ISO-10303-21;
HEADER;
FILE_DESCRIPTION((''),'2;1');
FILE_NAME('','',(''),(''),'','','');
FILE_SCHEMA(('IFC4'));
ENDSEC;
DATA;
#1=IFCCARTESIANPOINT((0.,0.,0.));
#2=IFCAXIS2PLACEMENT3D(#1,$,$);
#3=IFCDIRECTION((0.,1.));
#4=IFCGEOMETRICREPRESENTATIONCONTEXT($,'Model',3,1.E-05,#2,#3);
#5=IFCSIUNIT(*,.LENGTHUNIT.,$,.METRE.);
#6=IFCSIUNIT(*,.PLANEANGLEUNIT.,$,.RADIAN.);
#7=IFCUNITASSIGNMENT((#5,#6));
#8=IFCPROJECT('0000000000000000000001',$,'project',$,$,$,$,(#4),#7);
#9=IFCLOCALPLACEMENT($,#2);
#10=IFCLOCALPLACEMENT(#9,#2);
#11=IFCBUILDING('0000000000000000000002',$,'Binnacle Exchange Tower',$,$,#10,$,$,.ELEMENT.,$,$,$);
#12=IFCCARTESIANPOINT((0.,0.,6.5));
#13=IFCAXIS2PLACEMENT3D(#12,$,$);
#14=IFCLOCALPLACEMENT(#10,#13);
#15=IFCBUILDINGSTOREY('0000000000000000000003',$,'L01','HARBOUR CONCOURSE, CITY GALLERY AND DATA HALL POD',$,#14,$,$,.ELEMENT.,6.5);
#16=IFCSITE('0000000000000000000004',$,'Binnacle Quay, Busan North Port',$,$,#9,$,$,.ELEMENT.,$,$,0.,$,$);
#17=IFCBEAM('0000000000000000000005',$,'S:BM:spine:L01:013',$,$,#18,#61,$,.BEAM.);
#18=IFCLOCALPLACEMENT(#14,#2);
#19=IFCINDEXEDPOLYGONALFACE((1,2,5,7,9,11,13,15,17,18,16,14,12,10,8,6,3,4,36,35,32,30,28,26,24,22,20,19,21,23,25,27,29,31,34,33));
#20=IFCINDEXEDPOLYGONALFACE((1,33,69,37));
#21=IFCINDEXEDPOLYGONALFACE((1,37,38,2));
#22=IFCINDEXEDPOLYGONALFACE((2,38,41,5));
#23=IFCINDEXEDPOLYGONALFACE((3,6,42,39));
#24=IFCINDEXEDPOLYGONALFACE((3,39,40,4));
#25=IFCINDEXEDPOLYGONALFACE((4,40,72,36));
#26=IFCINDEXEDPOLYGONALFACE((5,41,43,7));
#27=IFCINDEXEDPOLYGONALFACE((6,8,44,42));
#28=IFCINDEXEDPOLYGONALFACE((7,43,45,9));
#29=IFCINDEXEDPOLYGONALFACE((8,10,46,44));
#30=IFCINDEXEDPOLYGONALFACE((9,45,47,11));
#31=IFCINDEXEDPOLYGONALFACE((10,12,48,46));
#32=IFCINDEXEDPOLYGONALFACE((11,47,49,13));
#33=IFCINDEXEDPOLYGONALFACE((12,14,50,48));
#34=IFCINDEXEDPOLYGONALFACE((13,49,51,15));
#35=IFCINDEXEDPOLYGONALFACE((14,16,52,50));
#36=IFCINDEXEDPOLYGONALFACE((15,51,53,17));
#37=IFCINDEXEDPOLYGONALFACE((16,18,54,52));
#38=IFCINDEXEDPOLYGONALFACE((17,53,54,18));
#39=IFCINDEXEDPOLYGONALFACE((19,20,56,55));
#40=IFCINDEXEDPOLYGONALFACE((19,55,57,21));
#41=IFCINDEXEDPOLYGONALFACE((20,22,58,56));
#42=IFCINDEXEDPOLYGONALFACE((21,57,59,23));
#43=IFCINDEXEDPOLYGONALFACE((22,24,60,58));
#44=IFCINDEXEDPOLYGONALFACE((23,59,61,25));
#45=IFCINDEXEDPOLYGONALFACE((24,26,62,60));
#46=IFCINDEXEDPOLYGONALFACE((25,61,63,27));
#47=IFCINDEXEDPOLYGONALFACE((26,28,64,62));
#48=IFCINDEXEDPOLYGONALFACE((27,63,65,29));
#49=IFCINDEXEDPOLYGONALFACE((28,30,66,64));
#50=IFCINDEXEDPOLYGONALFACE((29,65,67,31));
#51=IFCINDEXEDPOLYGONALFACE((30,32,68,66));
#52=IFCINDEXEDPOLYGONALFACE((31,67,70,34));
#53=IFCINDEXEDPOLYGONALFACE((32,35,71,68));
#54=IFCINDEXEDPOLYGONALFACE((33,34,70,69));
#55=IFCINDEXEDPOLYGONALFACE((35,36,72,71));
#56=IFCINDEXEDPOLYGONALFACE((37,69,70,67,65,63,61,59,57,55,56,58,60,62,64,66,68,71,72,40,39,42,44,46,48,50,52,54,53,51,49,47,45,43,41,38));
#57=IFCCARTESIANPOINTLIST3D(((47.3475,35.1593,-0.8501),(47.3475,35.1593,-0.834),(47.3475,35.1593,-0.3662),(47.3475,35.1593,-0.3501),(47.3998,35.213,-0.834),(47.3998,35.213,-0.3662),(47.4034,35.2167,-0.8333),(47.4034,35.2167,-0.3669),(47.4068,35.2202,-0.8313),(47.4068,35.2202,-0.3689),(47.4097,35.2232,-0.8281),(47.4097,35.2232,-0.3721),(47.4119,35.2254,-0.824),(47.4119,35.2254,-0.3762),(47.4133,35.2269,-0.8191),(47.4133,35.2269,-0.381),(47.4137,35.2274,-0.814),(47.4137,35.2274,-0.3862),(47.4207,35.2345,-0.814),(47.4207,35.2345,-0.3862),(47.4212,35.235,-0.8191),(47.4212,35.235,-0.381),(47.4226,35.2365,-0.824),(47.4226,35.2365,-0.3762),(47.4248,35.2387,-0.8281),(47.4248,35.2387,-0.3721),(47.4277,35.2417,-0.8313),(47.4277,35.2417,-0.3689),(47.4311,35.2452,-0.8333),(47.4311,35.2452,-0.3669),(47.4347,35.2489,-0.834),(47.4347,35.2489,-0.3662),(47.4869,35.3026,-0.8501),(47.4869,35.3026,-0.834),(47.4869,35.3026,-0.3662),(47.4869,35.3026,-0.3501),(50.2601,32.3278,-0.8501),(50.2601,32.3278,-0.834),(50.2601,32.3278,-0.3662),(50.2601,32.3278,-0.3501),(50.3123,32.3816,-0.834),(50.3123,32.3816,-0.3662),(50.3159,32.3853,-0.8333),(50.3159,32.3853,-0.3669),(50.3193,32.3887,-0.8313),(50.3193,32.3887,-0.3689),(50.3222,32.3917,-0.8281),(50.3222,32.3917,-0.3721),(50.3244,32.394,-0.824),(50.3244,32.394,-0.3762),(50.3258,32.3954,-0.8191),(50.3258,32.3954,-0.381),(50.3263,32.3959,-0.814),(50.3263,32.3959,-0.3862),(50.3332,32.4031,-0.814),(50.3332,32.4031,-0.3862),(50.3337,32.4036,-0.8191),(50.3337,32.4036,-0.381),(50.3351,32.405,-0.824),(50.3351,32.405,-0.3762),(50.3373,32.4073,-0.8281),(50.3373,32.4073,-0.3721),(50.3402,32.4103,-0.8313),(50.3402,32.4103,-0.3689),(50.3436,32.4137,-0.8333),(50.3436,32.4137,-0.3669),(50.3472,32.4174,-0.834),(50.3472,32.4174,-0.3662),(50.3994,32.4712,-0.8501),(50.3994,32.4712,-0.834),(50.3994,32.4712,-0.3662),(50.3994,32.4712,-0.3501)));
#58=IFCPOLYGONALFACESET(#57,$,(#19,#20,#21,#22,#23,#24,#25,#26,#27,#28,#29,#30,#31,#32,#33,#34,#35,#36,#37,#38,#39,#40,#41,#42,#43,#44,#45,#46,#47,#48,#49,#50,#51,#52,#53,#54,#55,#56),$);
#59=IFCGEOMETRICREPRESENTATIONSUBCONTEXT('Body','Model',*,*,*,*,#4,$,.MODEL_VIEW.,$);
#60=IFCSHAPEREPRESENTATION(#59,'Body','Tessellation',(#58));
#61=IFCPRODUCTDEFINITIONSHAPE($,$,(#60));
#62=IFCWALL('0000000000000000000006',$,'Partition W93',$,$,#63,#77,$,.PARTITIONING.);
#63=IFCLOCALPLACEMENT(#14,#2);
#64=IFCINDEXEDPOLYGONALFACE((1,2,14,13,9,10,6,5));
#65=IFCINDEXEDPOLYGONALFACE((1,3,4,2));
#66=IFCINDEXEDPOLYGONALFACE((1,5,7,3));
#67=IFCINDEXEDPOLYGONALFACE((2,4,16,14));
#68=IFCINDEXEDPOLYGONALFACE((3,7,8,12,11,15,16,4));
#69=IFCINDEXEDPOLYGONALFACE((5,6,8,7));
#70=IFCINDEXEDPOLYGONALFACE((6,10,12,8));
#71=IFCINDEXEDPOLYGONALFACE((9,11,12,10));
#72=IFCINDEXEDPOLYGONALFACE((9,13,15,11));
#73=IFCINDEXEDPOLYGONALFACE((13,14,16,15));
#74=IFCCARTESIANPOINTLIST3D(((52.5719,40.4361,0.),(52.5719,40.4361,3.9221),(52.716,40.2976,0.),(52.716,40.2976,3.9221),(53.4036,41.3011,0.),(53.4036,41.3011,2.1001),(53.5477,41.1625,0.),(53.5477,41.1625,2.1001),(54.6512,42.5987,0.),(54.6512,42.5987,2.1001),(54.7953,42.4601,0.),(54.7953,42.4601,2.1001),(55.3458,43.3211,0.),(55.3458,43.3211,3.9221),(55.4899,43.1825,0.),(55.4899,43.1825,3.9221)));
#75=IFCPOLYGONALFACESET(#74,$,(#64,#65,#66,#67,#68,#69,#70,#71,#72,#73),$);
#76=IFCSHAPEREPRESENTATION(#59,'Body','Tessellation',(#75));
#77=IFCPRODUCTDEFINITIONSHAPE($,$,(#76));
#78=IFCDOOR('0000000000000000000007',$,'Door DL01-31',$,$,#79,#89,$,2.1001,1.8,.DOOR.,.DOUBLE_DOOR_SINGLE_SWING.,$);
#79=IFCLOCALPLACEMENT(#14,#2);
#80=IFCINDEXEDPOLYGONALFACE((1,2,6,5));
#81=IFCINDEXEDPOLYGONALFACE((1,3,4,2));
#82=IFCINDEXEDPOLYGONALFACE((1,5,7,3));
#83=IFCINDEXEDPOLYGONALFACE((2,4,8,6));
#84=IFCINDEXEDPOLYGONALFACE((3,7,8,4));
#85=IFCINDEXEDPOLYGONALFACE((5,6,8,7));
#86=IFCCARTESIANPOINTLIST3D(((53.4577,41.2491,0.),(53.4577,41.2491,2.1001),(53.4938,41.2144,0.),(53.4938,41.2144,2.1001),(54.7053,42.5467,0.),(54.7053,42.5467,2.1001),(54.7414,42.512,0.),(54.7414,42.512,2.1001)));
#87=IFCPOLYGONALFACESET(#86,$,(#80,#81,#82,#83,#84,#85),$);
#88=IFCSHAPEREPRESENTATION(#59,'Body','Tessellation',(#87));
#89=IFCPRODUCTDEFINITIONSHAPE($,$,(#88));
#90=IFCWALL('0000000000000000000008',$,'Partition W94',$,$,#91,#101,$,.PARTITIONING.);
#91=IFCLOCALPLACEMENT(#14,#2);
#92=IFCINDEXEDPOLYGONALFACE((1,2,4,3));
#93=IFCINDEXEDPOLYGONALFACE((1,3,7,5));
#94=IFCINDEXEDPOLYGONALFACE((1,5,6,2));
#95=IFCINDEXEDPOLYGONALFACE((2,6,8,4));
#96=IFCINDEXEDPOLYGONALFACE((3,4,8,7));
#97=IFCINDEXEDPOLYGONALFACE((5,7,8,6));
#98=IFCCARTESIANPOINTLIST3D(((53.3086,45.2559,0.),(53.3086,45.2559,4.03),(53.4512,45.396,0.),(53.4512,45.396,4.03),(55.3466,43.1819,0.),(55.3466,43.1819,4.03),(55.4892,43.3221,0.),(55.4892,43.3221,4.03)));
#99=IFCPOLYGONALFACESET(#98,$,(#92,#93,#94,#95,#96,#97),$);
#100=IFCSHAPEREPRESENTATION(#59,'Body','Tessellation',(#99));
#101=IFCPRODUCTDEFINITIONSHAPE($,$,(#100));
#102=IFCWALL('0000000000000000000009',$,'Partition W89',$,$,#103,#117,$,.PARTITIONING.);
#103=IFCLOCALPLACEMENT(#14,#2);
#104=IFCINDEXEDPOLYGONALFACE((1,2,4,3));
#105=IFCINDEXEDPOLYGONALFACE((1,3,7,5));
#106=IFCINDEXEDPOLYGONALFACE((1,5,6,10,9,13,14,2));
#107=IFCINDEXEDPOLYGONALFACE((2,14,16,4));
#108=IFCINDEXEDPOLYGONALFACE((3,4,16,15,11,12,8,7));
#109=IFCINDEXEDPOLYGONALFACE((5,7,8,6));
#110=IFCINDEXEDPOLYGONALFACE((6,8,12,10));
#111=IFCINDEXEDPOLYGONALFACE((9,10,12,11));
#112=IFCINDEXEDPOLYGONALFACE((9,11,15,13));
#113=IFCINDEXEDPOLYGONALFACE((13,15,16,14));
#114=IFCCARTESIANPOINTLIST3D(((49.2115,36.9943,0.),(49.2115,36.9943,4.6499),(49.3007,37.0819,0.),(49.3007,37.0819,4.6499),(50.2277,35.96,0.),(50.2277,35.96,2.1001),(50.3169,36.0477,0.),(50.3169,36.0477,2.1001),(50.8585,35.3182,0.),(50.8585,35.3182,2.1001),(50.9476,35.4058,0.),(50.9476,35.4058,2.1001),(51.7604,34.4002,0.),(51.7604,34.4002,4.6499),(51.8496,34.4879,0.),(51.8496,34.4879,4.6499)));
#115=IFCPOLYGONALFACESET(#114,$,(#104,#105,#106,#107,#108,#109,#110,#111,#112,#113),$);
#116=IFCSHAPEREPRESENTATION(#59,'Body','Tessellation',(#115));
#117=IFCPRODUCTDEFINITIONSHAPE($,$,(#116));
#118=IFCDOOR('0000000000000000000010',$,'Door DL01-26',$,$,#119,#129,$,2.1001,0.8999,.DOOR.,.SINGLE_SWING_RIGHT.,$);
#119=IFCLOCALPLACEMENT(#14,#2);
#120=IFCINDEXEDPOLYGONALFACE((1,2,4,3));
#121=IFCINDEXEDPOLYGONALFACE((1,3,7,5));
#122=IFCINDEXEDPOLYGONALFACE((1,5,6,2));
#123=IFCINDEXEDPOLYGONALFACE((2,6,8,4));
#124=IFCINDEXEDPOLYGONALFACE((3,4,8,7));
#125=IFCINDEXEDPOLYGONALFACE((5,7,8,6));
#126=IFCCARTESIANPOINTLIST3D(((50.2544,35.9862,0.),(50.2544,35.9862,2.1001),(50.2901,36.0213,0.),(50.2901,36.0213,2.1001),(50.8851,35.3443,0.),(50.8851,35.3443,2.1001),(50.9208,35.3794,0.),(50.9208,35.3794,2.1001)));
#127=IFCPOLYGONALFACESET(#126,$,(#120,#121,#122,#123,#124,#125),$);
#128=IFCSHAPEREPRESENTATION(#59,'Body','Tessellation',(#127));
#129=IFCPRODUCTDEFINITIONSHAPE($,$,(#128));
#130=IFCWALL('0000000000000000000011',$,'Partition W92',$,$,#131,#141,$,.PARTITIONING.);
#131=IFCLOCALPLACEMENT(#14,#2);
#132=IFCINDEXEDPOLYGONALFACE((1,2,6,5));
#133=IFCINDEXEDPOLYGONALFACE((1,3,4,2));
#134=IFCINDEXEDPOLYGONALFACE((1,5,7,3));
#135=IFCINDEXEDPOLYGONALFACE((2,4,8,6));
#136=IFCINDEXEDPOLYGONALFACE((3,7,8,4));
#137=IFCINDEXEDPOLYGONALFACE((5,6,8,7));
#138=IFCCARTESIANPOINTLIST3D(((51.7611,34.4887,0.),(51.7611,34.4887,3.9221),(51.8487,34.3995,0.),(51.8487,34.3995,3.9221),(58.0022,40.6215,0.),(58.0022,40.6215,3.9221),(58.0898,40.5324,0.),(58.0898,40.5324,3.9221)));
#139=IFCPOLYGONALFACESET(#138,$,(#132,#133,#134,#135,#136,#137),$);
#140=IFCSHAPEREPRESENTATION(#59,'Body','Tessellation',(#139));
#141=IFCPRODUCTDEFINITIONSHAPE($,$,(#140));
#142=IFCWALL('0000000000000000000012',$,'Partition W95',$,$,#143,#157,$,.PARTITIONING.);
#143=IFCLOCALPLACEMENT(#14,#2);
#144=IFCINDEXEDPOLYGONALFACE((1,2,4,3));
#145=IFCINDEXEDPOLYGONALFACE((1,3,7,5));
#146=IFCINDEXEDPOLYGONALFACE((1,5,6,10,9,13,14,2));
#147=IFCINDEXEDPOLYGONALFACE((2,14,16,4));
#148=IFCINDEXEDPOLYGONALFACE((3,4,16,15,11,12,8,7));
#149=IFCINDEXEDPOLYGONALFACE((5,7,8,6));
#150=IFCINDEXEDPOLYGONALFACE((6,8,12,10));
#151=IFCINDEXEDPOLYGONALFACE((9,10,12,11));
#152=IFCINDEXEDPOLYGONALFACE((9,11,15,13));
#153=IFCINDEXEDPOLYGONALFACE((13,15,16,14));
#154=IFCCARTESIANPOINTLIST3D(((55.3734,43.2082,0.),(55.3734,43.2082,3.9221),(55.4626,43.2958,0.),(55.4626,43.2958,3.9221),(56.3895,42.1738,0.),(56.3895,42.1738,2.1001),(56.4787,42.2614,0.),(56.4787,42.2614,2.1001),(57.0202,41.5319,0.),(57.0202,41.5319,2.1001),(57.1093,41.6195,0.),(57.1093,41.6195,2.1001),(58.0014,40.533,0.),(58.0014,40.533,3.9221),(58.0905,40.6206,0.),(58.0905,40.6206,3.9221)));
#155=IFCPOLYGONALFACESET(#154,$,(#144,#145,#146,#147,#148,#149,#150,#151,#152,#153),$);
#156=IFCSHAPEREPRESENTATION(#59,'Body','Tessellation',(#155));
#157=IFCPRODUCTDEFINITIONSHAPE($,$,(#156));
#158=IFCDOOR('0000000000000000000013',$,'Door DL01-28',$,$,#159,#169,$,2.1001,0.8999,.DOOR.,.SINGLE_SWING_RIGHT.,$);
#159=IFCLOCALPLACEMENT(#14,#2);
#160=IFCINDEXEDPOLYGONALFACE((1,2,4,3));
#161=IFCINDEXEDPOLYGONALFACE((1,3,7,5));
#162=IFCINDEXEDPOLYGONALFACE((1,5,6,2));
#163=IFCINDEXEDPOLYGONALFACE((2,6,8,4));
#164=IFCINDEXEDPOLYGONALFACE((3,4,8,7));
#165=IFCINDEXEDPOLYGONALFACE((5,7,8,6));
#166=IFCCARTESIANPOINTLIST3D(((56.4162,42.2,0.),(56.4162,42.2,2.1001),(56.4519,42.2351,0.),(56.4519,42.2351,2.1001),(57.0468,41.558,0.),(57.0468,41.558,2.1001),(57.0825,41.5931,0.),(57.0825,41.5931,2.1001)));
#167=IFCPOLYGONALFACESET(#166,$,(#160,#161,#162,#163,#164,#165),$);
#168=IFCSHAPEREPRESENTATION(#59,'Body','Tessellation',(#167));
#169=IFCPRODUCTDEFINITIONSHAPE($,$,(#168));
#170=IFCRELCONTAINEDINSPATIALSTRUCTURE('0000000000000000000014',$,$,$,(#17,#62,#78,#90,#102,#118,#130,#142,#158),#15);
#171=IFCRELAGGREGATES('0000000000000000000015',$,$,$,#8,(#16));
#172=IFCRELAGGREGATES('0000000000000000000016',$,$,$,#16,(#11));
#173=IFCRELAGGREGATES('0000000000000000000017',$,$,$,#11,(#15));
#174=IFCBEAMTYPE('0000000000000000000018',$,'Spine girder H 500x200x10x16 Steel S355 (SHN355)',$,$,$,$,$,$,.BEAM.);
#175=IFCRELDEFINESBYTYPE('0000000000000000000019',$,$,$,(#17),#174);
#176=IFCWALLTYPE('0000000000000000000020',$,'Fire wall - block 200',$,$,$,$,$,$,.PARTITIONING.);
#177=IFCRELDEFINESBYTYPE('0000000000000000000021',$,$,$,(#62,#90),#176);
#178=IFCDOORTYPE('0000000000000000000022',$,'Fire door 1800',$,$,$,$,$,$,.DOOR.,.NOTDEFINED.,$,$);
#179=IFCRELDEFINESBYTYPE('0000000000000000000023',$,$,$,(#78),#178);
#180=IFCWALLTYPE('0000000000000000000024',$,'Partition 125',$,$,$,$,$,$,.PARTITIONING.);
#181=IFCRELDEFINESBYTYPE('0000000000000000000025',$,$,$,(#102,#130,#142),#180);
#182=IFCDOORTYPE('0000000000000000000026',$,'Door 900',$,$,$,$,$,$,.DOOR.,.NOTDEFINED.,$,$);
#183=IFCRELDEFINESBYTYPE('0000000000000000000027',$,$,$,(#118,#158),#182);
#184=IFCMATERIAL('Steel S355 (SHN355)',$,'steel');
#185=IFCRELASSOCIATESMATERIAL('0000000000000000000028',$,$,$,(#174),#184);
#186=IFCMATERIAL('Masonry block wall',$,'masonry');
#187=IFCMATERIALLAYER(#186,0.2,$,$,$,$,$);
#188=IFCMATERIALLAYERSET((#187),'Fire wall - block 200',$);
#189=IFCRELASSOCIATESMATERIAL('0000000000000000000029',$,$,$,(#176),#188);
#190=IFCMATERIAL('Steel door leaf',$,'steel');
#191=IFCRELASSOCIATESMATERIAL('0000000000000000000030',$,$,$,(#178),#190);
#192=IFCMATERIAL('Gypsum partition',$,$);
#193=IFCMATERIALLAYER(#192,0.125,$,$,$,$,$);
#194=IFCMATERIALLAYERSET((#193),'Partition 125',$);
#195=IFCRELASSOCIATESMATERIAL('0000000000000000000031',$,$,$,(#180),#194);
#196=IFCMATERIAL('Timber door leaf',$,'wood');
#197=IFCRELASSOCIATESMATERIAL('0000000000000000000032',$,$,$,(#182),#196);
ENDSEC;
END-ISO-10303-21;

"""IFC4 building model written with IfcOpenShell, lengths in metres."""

from ifc_helpers import new_model, si_unit, direction, frame, frame_2d, origin, origin_2d, place, context, subcontext, project, spatial, rectangle, i_section, extrude, material, layer, layer_set, material_profile, profile_set, type_object, element, fill, save


model = new_model("IFC4")

# Units and contexts
model_context = context("Model", 3, precision=1e-05, world=origin(), true_north=direction((0.0, 1.0)))
body_context = subcontext(model_context, "Body", "Model", "MODEL_VIEW")
ifc_project = project(units=[si_unit("LENGTHUNIT", "METRE"), si_unit("PLANEANGLEUNIT", "RADIAN")], contexts=[model_context])

# Site, building, storey
site_placement = place(None, origin())
site = spatial("IfcSite", under=ifc_project, at=site_placement, Name="Binnacle Quay, Busan North Port", CompositionType="ELEMENT", RefElevation=0.0)
building_placement = place(site_placement, origin())
building = spatial("IfcBuilding", under=site, at=building_placement, Name="Binnacle Exchange Tower", CompositionType="ELEMENT")
storey_placement = place(building_placement, frame((0.0, 0.0, 6.5)))
storey = spatial("IfcBuildingStorey", under=building, at=storey_placement, Name="L01", Description="HARBOUR CONCOURSE, CITY GALLERY AND DATA HALL POD", CompositionType="ELEMENT", Elevation=6.5)

# Beam
ifc_material_1 = material(Name="Steel S355 (SHN355)", Category="steel")
ifc_material_profile_1 = material_profile(ifc_material_1, i_section(OverallWidth=0.2, OverallDepth=0.5, WebThickness=0.01, FlangeThickness=0.0161, FilletRadius=0.02, at=origin_2d()), Name="H 500x200x10x16")
ifc_profile_set_1 = profile_set([ifc_material_profile_1], Name="Steel S355 (SHN355)")
beam_type_1 = type_object("IfcBeamType", Name="Spine girder H 500x200x10x16 Steel S355 (SHN355)", PredefinedType="BEAM", material=ifc_profile_set_1)
beam_1_placement = place(storey_placement, frame((47.4172, 35.231, -0.6001), z_axis=(0.717013, -0.69706, 0.0), x_axis=(0.69706, 0.717013, 0.0)))
element("IfcBeam", 1, at=beam_1_placement, inside=storey, type_object=beam_type_1, Name="S:BM:spine:L01:013", PredefinedType="BEAM", context=body_context, shape_type="SweptSolid", body=[
    extrude(i_section(OverallWidth=0.2, OverallDepth=0.5, WebThickness=0.01, FlangeThickness=0.0161, FilletRadius=0.02, at=origin_2d()), origin(), (0.0, 0.0, 1.0), 4.062),
])

# Wall, opening, door
ifc_material_2 = material(Name="Masonry block wall", Category="masonry")
ifc_layer_1 = layer(ifc_material_2, 0.2)
ifc_layer_set_1 = layer_set([ifc_layer_1], Name="Fire wall - block 200")
wall_type_1 = type_object("IfcWallType", Name="Fire wall - block 200", PredefinedType="PARTITIONING", material=ifc_layer_set_1)
wall_1_placement = place(storey_placement, frame((52.644, 40.3669, 0.0), z_axis=(0.0, 0.0, 1.0), x_axis=(0.693093, 0.720848, 0.0)))
wall_1 = element("IfcWall", 2, at=wall_1_placement, inside=storey, type_object=wall_type_1, Name="Partition W93", PredefinedType="PARTITIONING", context=body_context, shape_type="SweptSolid", body=[
    extrude(rectangle(XDim=4.0022, YDim=0.2, at=frame_2d((2.001, 0.0))), origin(), (0.0, 0.0, 1.0), 3.9221),
])
opening_1_placement = place(wall_1_placement, frame((1.2, 0.0, 0.0)))
opening_1 = element("IfcOpeningElement", 3, at=opening_1_placement, cuts=wall_1, PredefinedType="OPENING", context=body_context, shape_type="SweptSolid", body=[
    extrude(rectangle(XDim=1.8, YDim=2.1001, at=frame_2d((0.8999, 1.05))), frame((0.0, 0.1099, 0.0), z_axis=(0.0, -1.0, 0.0), x_axis=(1.0, 0.0, 0.0)), (0.0, 0.0, 1.0), 0.22),
])
ifc_material_3 = material(Name="Steel door leaf", Category="steel")
door_type_1 = type_object("IfcDoorType", Name="Fire door 1800", OperationType="NOTDEFINED", PredefinedType="DOOR", material=ifc_material_3)
door_1_placement = place(opening_1_placement, origin())
door_1 = element("IfcDoor", 4, at=door_1_placement, inside=storey, type_object=door_type_1, Name="Door DL01-31", OperationType="DOUBLE_DOOR_SINGLE_SWING", OverallHeight=2.1001, OverallWidth=1.8, PredefinedType="DOOR", context=body_context, shape_type="SweptSolid", body=[
    extrude(rectangle(XDim=1.8, YDim=2.1001, at=frame_2d((0.8999, 1.05))), frame((0.0, 0.0249, 0.0), z_axis=(0.0, -1.0, 0.0), x_axis=(1.0, 0.0, 0.0)), (0.0, 0.0, 1.0), 0.05),
])
fill(opening_1, door_1)

# Wall
wall_2_placement = place(storey_placement, frame((53.3799, 45.3259, 0.0), z_axis=(0.0, 0.0, 1.0), x_axis=(0.700909, -0.713251, 0.0)))
element("IfcWall", 5, at=wall_2_placement, inside=storey, type_object=wall_type_1, Name="Partition W94", PredefinedType="PARTITIONING", context=body_context, shape_type="SweptSolid", body=[
    extrude(rectangle(XDim=2.9077, YDim=0.2, at=frame_2d((1.4539, 0.0))), origin(), (0.0, 0.0, 1.0), 4.03),
])

# Wall, opening, door
ifc_material_4 = material(Name="Gypsum partition")
ifc_layer_2 = layer(ifc_material_4, 0.125)
ifc_layer_set_2 = layer_set([ifc_layer_2], Name="Partition 125")
wall_type_2 = type_object("IfcWallType", Name="Partition 125", PredefinedType="PARTITIONING", material=ifc_layer_set_2)
wall_3_placement = place(storey_placement, frame((49.2561, 37.0381, 0.0), z_axis=(0.0, 0.0, 1.0), x_axis=(0.70087, -0.713289, 0.0)))
wall_3 = element("IfcWall", 6, at=wall_3_placement, inside=storey, type_object=wall_type_2, Name="Partition W89", PredefinedType="PARTITIONING", context=body_context, shape_type="SweptSolid", body=[
    extrude(rectangle(XDim=3.6367, YDim=0.125, at=frame_2d((1.8184, 0.0))), origin(), (0.0, 0.0, 1.0), 4.6499),
])
opening_2_placement = place(wall_3_placement, frame((1.45, 0.0, 0.0)))
opening_2 = element("IfcOpeningElement", 7, at=opening_2_placement, cuts=wall_3, PredefinedType="OPENING", context=body_context, shape_type="SweptSolid", body=[
    extrude(rectangle(XDim=0.8999, YDim=2.1001, at=frame_2d((0.45, 1.05))), frame((0.0, 0.0725, 0.0), z_axis=(0.0, -1.0, 0.0), x_axis=(1.0, 0.0, 0.0)), (0.0, 0.0, 1.0), 0.145),
])
ifc_material_5 = material(Name="Timber door leaf", Category="wood")
door_type_2 = type_object("IfcDoorType", Name="Door 900", OperationType="NOTDEFINED", PredefinedType="DOOR", material=ifc_material_5)
door_2_placement = place(opening_2_placement, origin())
door_2 = element("IfcDoor", 8, at=door_2_placement, inside=storey, type_object=door_type_2, Name="Door DL01-26", OperationType="SINGLE_SWING_RIGHT", OverallHeight=2.1001, OverallWidth=0.8999, PredefinedType="DOOR", context=body_context, shape_type="SweptSolid", body=[
    extrude(rectangle(XDim=0.8999, YDim=2.1001, at=frame_2d((0.45, 1.05))), frame((0.0, 0.0249, 0.0), z_axis=(0.0, -1.0, 0.0), x_axis=(1.0, 0.0, 0.0)), (0.0, 0.0, 1.0), 0.05),
])
fill(opening_2, door_2)

# Wall
wall_4_placement = place(storey_placement, frame((51.8049, 34.4441, 0.0), z_axis=(0.0, 0.0, 1.0), x_axis=(0.71326, 0.700899, 0.0)))
element("IfcWall", 9, at=wall_4_placement, inside=storey, type_object=wall_type_2, Name="Partition W92", PredefinedType="PARTITIONING", context=body_context, shape_type="SweptSolid", body=[
    extrude(rectangle(XDim=8.75, YDim=0.125, at=frame_2d((4.375, 0.0))), origin(), (0.0, 0.0, 1.0), 3.9221),
])

# Wall, opening, door
wall_5_placement = place(storey_placement, frame((55.418, 43.252, 0.0), z_axis=(0.0, 0.0, 1.0), x_axis=(0.700796, -0.713362, 0.0)))
wall_5 = element("IfcWall", 10, at=wall_5_placement, inside=storey, type_object=wall_type_2, Name="Partition W95", PredefinedType="PARTITIONING", context=body_context, shape_type="SweptSolid", body=[
    extrude(rectangle(XDim=3.75, YDim=0.125, at=frame_2d((1.875, 0.0))), origin(), (0.0, 0.0, 1.0), 3.9221),
])
opening_3_placement = place(wall_5_placement, frame((1.45, 0.0, 0.0)))
opening_3 = element("IfcOpeningElement", 11, at=opening_3_placement, cuts=wall_5, PredefinedType="OPENING", context=body_context, shape_type="SweptSolid", body=[
    extrude(rectangle(XDim=0.8999, YDim=2.1001, at=frame_2d((0.45, 1.05))), frame((0.0, 0.0725, 0.0), z_axis=(0.0, -1.0, 0.0), x_axis=(1.0, 0.0, 0.0)), (0.0, 0.0, 1.0), 0.145),
])
door_3_placement = place(opening_3_placement, origin())
door_3 = element("IfcDoor", 12, at=door_3_placement, inside=storey, type_object=door_type_2, Name="Door DL01-28", OperationType="SINGLE_SWING_RIGHT", OverallHeight=2.1001, OverallWidth=0.8999, PredefinedType="DOOR", context=body_context, shape_type="SweptSolid", body=[
    extrude(rectangle(XDim=0.8999, YDim=2.1001, at=frame_2d((0.45, 1.05))), frame((0.0, 0.0249, 0.0), z_axis=(0.0, -1.0, 0.0), x_axis=(1.0, 0.0, 0.0)), (0.0, 0.0, 1.0), 0.05),
])
fill(opening_3, door_3)

save(model, "model.ifc")
